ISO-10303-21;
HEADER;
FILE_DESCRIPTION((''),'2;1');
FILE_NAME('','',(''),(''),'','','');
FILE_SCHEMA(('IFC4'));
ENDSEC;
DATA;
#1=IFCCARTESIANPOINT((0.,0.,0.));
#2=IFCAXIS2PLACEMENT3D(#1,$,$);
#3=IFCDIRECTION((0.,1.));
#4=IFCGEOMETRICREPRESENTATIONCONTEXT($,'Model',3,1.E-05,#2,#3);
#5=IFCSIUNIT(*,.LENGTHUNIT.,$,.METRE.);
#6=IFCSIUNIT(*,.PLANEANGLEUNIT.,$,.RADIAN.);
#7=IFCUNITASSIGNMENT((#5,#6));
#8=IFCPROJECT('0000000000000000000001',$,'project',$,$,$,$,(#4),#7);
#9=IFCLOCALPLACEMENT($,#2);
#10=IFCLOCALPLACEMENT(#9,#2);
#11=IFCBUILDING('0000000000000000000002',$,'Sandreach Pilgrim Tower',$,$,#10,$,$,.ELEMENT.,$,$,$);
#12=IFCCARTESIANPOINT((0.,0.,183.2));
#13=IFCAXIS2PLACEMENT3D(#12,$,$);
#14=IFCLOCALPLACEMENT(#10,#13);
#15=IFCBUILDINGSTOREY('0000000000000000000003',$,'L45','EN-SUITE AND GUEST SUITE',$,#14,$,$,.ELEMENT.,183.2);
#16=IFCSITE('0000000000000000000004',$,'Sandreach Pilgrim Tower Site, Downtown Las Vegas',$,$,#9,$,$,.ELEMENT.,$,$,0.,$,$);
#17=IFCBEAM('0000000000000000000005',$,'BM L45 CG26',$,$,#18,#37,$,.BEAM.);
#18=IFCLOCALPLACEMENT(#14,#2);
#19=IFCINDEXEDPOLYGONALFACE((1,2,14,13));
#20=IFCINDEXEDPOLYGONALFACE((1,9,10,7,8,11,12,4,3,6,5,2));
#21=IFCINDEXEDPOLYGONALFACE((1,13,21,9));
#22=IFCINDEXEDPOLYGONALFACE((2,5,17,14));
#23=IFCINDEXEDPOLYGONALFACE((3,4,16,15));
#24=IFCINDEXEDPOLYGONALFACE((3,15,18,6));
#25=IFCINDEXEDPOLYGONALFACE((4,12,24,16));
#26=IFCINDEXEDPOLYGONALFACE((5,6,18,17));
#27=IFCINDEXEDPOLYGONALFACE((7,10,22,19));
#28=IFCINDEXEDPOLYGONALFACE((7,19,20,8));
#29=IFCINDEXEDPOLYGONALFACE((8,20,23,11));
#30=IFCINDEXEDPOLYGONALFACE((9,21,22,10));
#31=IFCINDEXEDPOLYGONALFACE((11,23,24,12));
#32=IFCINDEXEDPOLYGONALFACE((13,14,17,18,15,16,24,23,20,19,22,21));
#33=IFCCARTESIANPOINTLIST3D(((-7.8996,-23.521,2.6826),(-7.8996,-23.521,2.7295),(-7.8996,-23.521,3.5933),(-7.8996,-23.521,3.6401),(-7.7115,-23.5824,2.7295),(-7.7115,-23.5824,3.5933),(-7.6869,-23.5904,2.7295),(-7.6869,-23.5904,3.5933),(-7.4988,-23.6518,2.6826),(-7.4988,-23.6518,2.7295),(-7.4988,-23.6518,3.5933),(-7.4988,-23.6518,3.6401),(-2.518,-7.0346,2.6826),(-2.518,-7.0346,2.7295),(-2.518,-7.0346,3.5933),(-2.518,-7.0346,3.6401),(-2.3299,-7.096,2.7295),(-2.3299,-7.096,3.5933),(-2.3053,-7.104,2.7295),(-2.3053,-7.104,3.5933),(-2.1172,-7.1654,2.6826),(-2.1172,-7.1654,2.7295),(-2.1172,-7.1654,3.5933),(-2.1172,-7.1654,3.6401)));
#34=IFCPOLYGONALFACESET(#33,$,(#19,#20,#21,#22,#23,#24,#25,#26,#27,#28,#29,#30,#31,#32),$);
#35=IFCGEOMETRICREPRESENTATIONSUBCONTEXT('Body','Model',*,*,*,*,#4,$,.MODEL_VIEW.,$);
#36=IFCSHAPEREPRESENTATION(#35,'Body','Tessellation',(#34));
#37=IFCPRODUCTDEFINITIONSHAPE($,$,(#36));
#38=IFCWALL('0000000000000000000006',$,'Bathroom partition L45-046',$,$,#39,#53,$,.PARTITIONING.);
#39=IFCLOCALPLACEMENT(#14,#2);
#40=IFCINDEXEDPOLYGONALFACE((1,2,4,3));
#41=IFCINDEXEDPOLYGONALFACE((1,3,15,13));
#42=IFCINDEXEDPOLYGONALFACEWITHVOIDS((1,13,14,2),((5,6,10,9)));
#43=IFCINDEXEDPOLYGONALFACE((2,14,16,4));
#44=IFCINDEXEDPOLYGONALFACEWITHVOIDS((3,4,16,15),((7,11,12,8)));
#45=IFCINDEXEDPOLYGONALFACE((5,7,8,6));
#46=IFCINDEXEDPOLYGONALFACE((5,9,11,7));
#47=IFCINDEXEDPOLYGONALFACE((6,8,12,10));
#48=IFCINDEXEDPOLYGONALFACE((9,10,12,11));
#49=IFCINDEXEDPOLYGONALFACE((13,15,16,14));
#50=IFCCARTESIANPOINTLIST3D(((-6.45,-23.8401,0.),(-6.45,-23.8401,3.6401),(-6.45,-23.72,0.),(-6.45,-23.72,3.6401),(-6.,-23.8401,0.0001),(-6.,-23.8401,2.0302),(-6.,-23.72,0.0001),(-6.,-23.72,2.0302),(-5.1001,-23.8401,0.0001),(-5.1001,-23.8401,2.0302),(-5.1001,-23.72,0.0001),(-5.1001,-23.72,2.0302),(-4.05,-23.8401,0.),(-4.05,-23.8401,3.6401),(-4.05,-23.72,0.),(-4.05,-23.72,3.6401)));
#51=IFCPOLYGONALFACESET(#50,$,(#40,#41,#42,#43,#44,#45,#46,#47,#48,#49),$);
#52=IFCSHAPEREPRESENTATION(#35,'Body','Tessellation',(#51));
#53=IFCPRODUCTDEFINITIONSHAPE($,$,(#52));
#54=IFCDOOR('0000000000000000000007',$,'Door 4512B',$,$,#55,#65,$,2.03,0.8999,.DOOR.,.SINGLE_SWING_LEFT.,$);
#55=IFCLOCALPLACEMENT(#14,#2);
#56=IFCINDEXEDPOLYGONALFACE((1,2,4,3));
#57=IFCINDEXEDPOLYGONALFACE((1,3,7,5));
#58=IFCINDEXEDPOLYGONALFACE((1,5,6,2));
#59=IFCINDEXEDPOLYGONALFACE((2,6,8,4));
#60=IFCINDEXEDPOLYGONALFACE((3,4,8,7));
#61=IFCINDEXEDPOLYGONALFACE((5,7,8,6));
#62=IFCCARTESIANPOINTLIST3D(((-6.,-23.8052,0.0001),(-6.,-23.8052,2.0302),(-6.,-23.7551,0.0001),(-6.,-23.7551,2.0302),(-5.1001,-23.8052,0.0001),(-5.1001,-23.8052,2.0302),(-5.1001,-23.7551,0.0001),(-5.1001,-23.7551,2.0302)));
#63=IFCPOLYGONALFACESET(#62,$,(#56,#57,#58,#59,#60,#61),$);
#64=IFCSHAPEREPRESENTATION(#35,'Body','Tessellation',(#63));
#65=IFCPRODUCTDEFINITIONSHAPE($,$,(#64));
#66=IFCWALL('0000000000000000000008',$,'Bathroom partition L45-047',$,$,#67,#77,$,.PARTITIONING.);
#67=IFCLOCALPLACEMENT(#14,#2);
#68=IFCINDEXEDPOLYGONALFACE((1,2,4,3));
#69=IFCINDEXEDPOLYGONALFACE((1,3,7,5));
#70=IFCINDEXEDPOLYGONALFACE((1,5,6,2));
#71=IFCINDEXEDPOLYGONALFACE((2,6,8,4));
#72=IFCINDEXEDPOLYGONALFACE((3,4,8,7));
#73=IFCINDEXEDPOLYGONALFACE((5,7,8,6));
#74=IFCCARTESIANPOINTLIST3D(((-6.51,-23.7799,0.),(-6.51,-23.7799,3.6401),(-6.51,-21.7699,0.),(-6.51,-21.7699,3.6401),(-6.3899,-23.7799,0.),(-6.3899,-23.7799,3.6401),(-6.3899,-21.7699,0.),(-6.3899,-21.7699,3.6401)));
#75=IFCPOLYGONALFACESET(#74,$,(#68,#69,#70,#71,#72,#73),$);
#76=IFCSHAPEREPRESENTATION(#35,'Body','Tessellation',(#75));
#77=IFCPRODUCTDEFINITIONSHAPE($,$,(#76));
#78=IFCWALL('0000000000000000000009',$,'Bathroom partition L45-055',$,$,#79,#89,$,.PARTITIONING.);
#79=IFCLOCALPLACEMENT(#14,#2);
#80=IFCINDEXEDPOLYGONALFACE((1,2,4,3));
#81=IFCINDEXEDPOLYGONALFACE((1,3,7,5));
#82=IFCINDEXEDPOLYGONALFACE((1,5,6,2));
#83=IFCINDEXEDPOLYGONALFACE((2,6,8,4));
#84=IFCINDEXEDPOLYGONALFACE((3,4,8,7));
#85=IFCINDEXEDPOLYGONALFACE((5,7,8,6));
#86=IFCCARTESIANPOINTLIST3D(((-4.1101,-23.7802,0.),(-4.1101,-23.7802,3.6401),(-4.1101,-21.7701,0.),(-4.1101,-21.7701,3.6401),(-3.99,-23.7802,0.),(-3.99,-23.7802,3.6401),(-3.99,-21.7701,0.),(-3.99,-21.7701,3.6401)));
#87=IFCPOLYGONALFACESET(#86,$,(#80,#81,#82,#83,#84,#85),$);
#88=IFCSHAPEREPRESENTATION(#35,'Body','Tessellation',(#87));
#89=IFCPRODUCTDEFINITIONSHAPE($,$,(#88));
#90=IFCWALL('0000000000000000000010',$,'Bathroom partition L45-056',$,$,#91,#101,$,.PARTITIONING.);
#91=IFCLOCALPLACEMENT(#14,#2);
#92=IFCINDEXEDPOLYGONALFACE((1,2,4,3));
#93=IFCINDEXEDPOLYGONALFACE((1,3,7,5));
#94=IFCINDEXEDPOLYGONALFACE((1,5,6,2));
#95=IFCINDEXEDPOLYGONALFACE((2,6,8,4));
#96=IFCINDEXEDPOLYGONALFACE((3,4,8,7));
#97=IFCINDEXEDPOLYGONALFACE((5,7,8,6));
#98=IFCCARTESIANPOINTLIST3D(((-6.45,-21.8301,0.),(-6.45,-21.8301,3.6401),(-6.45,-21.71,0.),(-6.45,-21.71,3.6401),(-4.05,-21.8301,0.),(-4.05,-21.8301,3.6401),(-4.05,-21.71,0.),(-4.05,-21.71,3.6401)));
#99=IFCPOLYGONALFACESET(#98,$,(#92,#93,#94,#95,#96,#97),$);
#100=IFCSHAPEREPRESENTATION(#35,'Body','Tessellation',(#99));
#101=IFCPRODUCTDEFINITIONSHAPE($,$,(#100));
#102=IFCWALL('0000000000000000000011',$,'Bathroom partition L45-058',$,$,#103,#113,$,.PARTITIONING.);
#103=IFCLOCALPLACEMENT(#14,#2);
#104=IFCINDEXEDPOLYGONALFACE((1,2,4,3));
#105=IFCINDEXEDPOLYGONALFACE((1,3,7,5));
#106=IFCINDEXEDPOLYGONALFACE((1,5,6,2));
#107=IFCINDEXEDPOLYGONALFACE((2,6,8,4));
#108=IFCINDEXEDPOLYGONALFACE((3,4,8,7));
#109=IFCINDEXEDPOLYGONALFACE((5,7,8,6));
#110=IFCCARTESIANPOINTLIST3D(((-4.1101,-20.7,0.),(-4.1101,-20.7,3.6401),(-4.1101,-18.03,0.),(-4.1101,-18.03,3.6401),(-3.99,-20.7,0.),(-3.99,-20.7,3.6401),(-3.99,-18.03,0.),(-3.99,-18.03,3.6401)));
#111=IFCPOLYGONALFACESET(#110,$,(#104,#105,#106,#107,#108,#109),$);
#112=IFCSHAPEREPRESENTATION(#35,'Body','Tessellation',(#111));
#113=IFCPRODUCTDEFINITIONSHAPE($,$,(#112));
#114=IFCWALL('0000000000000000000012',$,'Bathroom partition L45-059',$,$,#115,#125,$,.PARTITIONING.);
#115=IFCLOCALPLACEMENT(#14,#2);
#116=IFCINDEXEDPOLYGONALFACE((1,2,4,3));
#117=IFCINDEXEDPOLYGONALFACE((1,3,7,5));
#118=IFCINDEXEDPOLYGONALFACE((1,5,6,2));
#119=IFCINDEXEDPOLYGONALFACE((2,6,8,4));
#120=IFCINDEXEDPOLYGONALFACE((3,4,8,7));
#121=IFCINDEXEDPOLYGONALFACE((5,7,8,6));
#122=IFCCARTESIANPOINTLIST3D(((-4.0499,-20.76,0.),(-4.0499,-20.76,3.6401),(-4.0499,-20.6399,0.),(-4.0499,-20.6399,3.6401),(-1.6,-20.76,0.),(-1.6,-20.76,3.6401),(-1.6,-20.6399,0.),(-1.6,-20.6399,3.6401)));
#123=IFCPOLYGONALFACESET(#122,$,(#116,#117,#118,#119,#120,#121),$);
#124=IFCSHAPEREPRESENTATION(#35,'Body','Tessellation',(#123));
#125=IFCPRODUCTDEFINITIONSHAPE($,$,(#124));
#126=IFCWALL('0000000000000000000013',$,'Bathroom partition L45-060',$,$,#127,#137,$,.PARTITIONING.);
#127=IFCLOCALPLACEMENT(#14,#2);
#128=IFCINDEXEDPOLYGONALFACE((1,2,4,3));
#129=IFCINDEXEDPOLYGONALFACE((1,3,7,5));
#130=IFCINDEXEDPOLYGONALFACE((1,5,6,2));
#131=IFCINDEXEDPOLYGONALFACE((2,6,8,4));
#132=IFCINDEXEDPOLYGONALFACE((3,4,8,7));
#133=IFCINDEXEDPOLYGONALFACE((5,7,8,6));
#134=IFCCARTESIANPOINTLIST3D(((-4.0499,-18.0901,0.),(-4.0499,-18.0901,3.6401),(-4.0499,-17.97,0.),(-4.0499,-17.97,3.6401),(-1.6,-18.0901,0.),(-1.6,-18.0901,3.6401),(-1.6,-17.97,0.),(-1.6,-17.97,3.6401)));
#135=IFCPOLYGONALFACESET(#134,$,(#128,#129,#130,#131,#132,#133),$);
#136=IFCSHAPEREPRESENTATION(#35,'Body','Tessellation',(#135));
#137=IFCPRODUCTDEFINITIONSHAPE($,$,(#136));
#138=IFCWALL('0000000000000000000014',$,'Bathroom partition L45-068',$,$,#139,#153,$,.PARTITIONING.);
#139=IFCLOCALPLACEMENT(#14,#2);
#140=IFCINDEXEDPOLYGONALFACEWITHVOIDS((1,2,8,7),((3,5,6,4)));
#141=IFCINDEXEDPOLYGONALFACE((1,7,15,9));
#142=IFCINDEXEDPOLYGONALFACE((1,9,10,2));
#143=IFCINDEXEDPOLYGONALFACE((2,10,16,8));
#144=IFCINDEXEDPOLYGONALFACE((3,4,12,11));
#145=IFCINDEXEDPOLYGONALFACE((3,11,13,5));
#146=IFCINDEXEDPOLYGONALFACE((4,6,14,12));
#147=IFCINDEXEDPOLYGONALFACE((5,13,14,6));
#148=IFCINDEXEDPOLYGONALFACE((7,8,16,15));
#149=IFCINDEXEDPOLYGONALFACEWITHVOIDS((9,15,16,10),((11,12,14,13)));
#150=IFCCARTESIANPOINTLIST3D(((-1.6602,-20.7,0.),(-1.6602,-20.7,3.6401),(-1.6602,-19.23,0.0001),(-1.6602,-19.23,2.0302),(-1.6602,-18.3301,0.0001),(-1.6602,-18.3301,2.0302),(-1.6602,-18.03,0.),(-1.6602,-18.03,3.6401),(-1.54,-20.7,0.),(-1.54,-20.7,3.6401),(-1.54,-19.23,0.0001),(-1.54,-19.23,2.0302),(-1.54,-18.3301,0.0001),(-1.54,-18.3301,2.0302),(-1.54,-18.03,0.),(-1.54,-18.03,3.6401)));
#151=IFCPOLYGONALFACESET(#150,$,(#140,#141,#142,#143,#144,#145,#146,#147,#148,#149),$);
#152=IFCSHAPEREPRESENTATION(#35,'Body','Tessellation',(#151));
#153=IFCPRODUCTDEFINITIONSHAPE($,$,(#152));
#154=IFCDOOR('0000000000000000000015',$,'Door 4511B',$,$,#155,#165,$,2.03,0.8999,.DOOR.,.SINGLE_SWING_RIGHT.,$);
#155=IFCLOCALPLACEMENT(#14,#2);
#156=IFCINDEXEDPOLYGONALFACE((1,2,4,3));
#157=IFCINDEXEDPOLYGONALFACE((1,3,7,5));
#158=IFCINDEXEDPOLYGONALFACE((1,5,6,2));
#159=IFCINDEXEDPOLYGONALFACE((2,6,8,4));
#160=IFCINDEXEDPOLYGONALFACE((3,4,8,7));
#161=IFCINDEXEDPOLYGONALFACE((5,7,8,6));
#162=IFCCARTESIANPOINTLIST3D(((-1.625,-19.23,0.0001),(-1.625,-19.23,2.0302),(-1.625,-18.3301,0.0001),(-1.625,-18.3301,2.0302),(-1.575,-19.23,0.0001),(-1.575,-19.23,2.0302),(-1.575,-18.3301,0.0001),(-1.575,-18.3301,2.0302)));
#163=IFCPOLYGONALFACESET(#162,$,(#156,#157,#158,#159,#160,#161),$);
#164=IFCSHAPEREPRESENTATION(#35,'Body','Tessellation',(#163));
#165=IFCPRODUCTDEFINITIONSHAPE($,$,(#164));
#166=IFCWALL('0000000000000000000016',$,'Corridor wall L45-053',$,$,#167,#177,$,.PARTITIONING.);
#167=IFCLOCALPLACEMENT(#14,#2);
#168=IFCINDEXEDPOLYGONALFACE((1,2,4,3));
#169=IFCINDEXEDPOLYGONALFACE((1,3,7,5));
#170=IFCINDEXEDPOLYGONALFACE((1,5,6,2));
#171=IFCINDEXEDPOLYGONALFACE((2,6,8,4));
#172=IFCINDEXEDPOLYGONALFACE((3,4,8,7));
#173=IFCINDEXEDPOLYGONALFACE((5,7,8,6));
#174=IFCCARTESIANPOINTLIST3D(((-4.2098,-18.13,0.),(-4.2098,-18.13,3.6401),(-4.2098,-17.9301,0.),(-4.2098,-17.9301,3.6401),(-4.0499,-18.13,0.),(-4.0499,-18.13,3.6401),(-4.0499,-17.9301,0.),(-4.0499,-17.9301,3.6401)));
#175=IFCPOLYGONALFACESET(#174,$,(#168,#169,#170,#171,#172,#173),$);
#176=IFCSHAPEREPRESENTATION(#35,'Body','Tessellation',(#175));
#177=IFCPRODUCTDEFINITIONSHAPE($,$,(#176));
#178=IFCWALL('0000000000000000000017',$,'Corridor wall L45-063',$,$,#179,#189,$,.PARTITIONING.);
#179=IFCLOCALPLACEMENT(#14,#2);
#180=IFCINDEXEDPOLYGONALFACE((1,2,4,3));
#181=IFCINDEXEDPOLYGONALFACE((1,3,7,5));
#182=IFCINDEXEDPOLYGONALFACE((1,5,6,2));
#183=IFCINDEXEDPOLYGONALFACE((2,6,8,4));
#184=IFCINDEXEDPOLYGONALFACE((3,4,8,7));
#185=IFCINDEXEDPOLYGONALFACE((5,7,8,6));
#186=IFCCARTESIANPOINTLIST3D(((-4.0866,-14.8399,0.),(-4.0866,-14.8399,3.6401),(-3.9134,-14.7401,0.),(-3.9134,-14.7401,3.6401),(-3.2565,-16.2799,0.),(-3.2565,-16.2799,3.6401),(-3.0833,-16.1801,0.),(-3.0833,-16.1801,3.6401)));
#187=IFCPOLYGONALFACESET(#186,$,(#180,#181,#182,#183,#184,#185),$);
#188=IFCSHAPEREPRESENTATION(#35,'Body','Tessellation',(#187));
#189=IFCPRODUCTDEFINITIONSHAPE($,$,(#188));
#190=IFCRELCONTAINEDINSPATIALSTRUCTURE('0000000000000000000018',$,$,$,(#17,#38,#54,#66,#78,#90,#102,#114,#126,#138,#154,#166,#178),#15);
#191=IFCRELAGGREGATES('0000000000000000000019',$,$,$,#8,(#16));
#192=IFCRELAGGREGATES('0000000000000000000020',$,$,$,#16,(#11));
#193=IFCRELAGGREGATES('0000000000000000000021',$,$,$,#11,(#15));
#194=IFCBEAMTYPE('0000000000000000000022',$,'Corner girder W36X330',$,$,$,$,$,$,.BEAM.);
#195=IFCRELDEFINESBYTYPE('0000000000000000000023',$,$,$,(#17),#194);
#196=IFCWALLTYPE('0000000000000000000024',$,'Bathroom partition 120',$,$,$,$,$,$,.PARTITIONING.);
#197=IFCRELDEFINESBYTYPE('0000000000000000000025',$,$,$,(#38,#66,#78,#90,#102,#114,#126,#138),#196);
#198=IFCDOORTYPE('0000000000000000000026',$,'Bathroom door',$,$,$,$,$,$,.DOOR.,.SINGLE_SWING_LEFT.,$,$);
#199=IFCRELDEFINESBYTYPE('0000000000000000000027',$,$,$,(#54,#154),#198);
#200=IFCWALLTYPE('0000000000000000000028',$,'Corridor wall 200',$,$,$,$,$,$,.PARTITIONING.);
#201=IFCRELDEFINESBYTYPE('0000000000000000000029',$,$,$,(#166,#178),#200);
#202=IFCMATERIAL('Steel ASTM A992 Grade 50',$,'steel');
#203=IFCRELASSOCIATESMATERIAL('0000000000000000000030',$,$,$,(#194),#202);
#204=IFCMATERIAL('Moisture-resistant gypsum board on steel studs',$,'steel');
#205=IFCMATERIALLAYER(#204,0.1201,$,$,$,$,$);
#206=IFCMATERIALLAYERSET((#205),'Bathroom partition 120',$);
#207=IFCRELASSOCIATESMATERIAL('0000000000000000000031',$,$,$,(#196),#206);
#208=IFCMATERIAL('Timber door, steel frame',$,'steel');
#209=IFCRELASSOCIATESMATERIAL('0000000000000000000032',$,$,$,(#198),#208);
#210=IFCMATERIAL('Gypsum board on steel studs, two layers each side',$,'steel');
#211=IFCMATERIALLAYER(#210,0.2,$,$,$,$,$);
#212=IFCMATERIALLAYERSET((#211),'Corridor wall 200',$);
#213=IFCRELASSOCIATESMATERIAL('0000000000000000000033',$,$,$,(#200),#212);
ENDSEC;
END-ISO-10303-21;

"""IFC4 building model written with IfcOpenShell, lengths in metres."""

from ifc_helpers import new_model, si_unit, direction, frame, frame_2d, origin, origin_2d, place, context, subcontext, project, spatial, rectangle, i_section, extrude, material, layer, layer_set, material_profile, profile_set, type_object, element, fill, save


model = new_model("IFC4")

# Units and contexts
model_context = context("Model", 3, precision=1e-05, world=origin(), true_north=direction((0.0, 1.0)))
body_context = subcontext(model_context, "Body", "Model", "MODEL_VIEW")
ifc_project = project(units=[si_unit("LENGTHUNIT", "METRE"), si_unit("PLANEANGLEUNIT", "RADIAN")], contexts=[model_context])

# Site, building, storey
site_placement = place(None, origin())
site = spatial("IfcSite", under=ifc_project, at=site_placement, Name="Sandreach Pilgrim Tower Site, Downtown Las Vegas", CompositionType="ELEMENT", RefElevation=0.0)
building_placement = place(site_placement, origin())
building = spatial("IfcBuilding", under=site, at=building_placement, Name="Sandreach Pilgrim Tower", CompositionType="ELEMENT")
storey_placement = place(building_placement, frame((0.0, 0.0, 183.2)))
storey = spatial("IfcBuildingStorey", under=building, at=storey_placement, Name="L45", Description="EN-SUITE AND GUEST SUITE", CompositionType="ELEMENT", Elevation=183.2)

# Beam
ifc_material_1 = material(Name="Steel ASTM A992 Grade 50", Category="steel")
ifc_material_profile = material_profile(ifc_material_1, i_section(OverallWidth=0.4216, OverallDepth=0.9575, WebThickness=0.0259, FlangeThickness=0.0469, at=origin_2d()), Name="W36X330")
ifc_profile_set = profile_set([ifc_material_profile], Name="Steel ASTM A992 Grade 50")
beam_type = type_object("IfcBeamType", Name="Corner girder W36X330", PredefinedType="BEAM", material=ifc_profile_set)
beam_placement = place(storey_placement, frame((-7.6992, -23.5864, 3.1614), z_axis=(0.310313, 0.950634, 0.0), x_axis=(-0.950634, 0.310313, 0.0)))
element("IfcBeam", 1, at=beam_placement, inside=storey, type_object=beam_type, Name="BM L45 CG26", PredefinedType="BEAM", context=body_context, shape_type="SweptSolid", body=[
    extrude(i_section(OverallWidth=0.4216, OverallDepth=0.9575, WebThickness=0.0259, FlangeThickness=0.0469, at=origin_2d()), origin(), (0.0, 0.0, 1.0), 17.3425),
])

# Wall, opening, door
ifc_material_2 = material(Name="Moisture-resistant gypsum board on steel studs", Category="steel")
ifc_layer_1 = layer(ifc_material_2, 0.1201)
ifc_layer_set_1 = layer_set([ifc_layer_1], Name="Bathroom partition 120")
wall_type_1 = type_object("IfcWallType", Name="Bathroom partition 120", PredefinedType="PARTITIONING", material=ifc_layer_set_1)
wall_1_placement = place(storey_placement, frame((-6.45, -23.78, 0.0), z_axis=(0.0, 0.0, 1.0), x_axis=(1.0, 0.0, 0.0)))
wall_1 = element("IfcWall", 2, at=wall_1_placement, inside=storey, type_object=wall_type_1, Name="Bathroom partition L45-046", PredefinedType="PARTITIONING", context=body_context, shape_type="SweptSolid", body=[
    extrude(rectangle(XDim=2.3999, YDim=0.1201, at=frame_2d((1.2, 0.0))), origin(), (0.0, 0.0, 1.0), 3.6401),
])
opening_1_placement = place(wall_1_placement, frame((0.45, 0.0, 0.0)))
opening_1 = element("IfcOpeningElement", 3, at=opening_1_placement, cuts=wall_1, PredefinedType="OPENING", context=body_context, shape_type="SweptSolid", body=[
    extrude(rectangle(XDim=0.8999, YDim=2.03, at=frame_2d((0.45, 1.0151))), frame((0.0, 0.0601, 0.0), z_axis=(0.0, -1.0, 0.0), x_axis=(1.0, 0.0, 0.0)), (0.0, 0.0, 1.0), 0.1201),
])
ifc_material_3 = material(Name="Timber door, steel frame", Category="steel")
door_type_1 = type_object("IfcDoorType", Name="Bathroom door", OperationType="SINGLE_SWING_LEFT", PredefinedType="DOOR", material=ifc_material_3)
door_1_placement = place(opening_1_placement, origin())
door_1 = element("IfcDoor", 4, at=door_1_placement, inside=storey, type_object=door_type_1, Name="Door 4512B", OperationType="SINGLE_SWING_LEFT", OverallHeight=2.03, OverallWidth=0.8999, PredefinedType="DOOR", context=body_context, shape_type="SweptSolid", body=[
    extrude(rectangle(XDim=0.8999, YDim=2.03, at=frame_2d((0.45, 1.0151))), frame((0.0, 0.0249, 0.0), z_axis=(0.0, -1.0, 0.0), x_axis=(1.0, 0.0, 0.0)), (0.0, 0.0, 1.0), 0.05),
])
fill(opening_1, door_1)

# Walls
for number, where, z_axis, x_axis, name in (
    (5, (-6.45, -21.77, 0.0), (0.0, 0.0, 1.0), (0.0, -1.0, 0.0), "Bathroom partition L45-047"),
    (6, (-4.05, -23.78, 0.0), (0.0, 0.0, 1.0), (0.0, 1.0, 0.0), "Bathroom partition L45-055"),
):
    element("IfcWall", number, at=place(storey_placement, frame(where, z_axis=z_axis, x_axis=x_axis)), inside=storey, type_object=wall_type_1, Name=name, PredefinedType="PARTITIONING", context=body_context, shape_type="SweptSolid", body=[
        extrude(rectangle(XDim=2.01, YDim=0.1201, at=frame_2d((1.0049, 0.0))), origin(), (0.0, 0.0, 1.0), 3.6401),
    ])
wall_2_placement = place(storey_placement, frame((-4.05, -21.77, 0.0), z_axis=(0.0, 0.0, 1.0), x_axis=(-1.0, 0.0, 0.0)))
element("IfcWall", 7, at=wall_2_placement, inside=storey, type_object=wall_type_1, Name="Bathroom partition L45-056", PredefinedType="PARTITIONING", context=body_context, shape_type="SweptSolid", body=[
    extrude(rectangle(XDim=2.3999, YDim=0.1201, at=frame_2d((1.2, 0.0))), origin(), (0.0, 0.0, 1.0), 3.6401),
])
wall_3_placement = place(storey_placement, frame((-4.05, -20.7, 0.0), z_axis=(0.0, 0.0, 1.0), x_axis=(0.0, 1.0, 0.0)))
element("IfcWall", 8, at=wall_3_placement, inside=storey, type_object=wall_type_1, Name="Bathroom partition L45-058", PredefinedType="PARTITIONING", context=body_context, shape_type="SweptSolid", body=[
    extrude(rectangle(XDim=2.6699, YDim=0.1201, at=frame_2d((1.335, 0.0))), origin(), (0.0, 0.0, 1.0), 3.6401),
])
for number, where, z_axis, x_axis, name in (
    (9, (-4.05, -20.7, 0.0), (0.0, 0.0, 1.0), (1.0, 0.0, 0.0), "Bathroom partition L45-059"),
    (10, (-4.05, -18.03, 0.0), (0.0, 0.0, 1.0), (1.0, 0.0, 0.0), "Bathroom partition L45-060"),
):
    element("IfcWall", number, at=place(storey_placement, frame(where, z_axis=z_axis, x_axis=x_axis)), inside=storey, type_object=wall_type_1, Name=name, PredefinedType="PARTITIONING", context=body_context, shape_type="SweptSolid", body=[
        extrude(rectangle(XDim=2.45, YDim=0.1201, at=frame_2d((1.2251, 0.0))), origin(), (0.0, 0.0, 1.0), 3.6401),
    ])

# Wall, opening, door
wall_4_placement = place(storey_placement, frame((-1.6001, -20.7, 0.0), z_axis=(0.0, 0.0, 1.0), x_axis=(0.0, 1.0, 0.0)))
wall_4 = element("IfcWall", 11, at=wall_4_placement, inside=storey, type_object=wall_type_1, Name="Bathroom partition L45-068", PredefinedType="PARTITIONING", context=body_context, shape_type="SweptSolid", body=[
    extrude(rectangle(XDim=2.6699, YDim=0.1201, at=frame_2d((1.335, 0.0))), origin(), (0.0, 0.0, 1.0), 3.6401),
])
opening_2_placement = place(wall_4_placement, frame((1.47, 0.0, 0.0)))
opening_2 = element("IfcOpeningElement", 12, at=opening_2_placement, cuts=wall_4, PredefinedType="OPENING", context=body_context, shape_type="SweptSolid", body=[
    extrude(rectangle(XDim=0.8999, YDim=2.03, at=frame_2d((0.45, 1.0151))), frame((0.0, 0.0601, 0.0), z_axis=(0.0, -1.0, 0.0), x_axis=(1.0, 0.0, 0.0)), (0.0, 0.0, 1.0), 0.1201),
])
door_2_placement = place(opening_2_placement, origin())
door_2 = element("IfcDoor", 13, at=door_2_placement, inside=storey, type_object=door_type_1, Name="Door 4511B", OperationType="SINGLE_SWING_RIGHT", OverallHeight=2.03, OverallWidth=0.8999, PredefinedType="DOOR", context=body_context, shape_type="SweptSolid", body=[
    extrude(rectangle(XDim=0.8999, YDim=2.03, at=frame_2d((0.45, 1.0151))), frame((0.0, 0.0249, 0.0), z_axis=(0.0, -1.0, 0.0), x_axis=(1.0, 0.0, 0.0)), (0.0, 0.0, 1.0), 0.05),
])
fill(opening_2, door_2)
ifc_material_4 = material(Name="Gypsum board on steel studs, two layers each side", Category="steel")
ifc_layer_2 = layer(ifc_material_4, 0.2)
ifc_layer_set_2 = layer_set([ifc_layer_2], Name="Corridor wall 200")
wall_type_2 = type_object("IfcWallType", Name="Corridor wall 200", PredefinedType="PARTITIONING", material=ifc_layer_set_2)

# Wall
wall_5_placement = place(storey_placement, frame((-4.21, -18.03, 0.0), z_axis=(0.0, 0.0, 1.0), x_axis=(1.0, 0.0, 0.0)))
element("IfcWall", 14, at=wall_5_placement, inside=storey, type_object=wall_type_2, Name="Corridor wall L45-053", PredefinedType="PARTITIONING", context=body_context, shape_type="SweptSolid", body=[
    extrude(rectangle(XDim=0.1599, YDim=0.2, at=frame_2d((0.0801, 0.0))), origin(), (0.0, 0.0, 1.0), 3.6401),
])

# Wall
wall_6_placement = place(storey_placement, frame((-3.1699, -16.23, 0.0), z_axis=(0.0, 0.0, 1.0), x_axis=(-0.499426, 0.866357, 0.0)))
element("IfcWall", 15, at=wall_6_placement, inside=storey, type_object=wall_type_2, Name="Corridor wall L45-063", PredefinedType="PARTITIONING", context=body_context, shape_type="SweptSolid", body=[
    extrude(rectangle(XDim=1.6621, YDim=0.2, at=frame_2d((0.8311, 0.0))), origin(), (0.0, 0.0, 1.0), 3.6401),
])

save(model, "model.ifc")
